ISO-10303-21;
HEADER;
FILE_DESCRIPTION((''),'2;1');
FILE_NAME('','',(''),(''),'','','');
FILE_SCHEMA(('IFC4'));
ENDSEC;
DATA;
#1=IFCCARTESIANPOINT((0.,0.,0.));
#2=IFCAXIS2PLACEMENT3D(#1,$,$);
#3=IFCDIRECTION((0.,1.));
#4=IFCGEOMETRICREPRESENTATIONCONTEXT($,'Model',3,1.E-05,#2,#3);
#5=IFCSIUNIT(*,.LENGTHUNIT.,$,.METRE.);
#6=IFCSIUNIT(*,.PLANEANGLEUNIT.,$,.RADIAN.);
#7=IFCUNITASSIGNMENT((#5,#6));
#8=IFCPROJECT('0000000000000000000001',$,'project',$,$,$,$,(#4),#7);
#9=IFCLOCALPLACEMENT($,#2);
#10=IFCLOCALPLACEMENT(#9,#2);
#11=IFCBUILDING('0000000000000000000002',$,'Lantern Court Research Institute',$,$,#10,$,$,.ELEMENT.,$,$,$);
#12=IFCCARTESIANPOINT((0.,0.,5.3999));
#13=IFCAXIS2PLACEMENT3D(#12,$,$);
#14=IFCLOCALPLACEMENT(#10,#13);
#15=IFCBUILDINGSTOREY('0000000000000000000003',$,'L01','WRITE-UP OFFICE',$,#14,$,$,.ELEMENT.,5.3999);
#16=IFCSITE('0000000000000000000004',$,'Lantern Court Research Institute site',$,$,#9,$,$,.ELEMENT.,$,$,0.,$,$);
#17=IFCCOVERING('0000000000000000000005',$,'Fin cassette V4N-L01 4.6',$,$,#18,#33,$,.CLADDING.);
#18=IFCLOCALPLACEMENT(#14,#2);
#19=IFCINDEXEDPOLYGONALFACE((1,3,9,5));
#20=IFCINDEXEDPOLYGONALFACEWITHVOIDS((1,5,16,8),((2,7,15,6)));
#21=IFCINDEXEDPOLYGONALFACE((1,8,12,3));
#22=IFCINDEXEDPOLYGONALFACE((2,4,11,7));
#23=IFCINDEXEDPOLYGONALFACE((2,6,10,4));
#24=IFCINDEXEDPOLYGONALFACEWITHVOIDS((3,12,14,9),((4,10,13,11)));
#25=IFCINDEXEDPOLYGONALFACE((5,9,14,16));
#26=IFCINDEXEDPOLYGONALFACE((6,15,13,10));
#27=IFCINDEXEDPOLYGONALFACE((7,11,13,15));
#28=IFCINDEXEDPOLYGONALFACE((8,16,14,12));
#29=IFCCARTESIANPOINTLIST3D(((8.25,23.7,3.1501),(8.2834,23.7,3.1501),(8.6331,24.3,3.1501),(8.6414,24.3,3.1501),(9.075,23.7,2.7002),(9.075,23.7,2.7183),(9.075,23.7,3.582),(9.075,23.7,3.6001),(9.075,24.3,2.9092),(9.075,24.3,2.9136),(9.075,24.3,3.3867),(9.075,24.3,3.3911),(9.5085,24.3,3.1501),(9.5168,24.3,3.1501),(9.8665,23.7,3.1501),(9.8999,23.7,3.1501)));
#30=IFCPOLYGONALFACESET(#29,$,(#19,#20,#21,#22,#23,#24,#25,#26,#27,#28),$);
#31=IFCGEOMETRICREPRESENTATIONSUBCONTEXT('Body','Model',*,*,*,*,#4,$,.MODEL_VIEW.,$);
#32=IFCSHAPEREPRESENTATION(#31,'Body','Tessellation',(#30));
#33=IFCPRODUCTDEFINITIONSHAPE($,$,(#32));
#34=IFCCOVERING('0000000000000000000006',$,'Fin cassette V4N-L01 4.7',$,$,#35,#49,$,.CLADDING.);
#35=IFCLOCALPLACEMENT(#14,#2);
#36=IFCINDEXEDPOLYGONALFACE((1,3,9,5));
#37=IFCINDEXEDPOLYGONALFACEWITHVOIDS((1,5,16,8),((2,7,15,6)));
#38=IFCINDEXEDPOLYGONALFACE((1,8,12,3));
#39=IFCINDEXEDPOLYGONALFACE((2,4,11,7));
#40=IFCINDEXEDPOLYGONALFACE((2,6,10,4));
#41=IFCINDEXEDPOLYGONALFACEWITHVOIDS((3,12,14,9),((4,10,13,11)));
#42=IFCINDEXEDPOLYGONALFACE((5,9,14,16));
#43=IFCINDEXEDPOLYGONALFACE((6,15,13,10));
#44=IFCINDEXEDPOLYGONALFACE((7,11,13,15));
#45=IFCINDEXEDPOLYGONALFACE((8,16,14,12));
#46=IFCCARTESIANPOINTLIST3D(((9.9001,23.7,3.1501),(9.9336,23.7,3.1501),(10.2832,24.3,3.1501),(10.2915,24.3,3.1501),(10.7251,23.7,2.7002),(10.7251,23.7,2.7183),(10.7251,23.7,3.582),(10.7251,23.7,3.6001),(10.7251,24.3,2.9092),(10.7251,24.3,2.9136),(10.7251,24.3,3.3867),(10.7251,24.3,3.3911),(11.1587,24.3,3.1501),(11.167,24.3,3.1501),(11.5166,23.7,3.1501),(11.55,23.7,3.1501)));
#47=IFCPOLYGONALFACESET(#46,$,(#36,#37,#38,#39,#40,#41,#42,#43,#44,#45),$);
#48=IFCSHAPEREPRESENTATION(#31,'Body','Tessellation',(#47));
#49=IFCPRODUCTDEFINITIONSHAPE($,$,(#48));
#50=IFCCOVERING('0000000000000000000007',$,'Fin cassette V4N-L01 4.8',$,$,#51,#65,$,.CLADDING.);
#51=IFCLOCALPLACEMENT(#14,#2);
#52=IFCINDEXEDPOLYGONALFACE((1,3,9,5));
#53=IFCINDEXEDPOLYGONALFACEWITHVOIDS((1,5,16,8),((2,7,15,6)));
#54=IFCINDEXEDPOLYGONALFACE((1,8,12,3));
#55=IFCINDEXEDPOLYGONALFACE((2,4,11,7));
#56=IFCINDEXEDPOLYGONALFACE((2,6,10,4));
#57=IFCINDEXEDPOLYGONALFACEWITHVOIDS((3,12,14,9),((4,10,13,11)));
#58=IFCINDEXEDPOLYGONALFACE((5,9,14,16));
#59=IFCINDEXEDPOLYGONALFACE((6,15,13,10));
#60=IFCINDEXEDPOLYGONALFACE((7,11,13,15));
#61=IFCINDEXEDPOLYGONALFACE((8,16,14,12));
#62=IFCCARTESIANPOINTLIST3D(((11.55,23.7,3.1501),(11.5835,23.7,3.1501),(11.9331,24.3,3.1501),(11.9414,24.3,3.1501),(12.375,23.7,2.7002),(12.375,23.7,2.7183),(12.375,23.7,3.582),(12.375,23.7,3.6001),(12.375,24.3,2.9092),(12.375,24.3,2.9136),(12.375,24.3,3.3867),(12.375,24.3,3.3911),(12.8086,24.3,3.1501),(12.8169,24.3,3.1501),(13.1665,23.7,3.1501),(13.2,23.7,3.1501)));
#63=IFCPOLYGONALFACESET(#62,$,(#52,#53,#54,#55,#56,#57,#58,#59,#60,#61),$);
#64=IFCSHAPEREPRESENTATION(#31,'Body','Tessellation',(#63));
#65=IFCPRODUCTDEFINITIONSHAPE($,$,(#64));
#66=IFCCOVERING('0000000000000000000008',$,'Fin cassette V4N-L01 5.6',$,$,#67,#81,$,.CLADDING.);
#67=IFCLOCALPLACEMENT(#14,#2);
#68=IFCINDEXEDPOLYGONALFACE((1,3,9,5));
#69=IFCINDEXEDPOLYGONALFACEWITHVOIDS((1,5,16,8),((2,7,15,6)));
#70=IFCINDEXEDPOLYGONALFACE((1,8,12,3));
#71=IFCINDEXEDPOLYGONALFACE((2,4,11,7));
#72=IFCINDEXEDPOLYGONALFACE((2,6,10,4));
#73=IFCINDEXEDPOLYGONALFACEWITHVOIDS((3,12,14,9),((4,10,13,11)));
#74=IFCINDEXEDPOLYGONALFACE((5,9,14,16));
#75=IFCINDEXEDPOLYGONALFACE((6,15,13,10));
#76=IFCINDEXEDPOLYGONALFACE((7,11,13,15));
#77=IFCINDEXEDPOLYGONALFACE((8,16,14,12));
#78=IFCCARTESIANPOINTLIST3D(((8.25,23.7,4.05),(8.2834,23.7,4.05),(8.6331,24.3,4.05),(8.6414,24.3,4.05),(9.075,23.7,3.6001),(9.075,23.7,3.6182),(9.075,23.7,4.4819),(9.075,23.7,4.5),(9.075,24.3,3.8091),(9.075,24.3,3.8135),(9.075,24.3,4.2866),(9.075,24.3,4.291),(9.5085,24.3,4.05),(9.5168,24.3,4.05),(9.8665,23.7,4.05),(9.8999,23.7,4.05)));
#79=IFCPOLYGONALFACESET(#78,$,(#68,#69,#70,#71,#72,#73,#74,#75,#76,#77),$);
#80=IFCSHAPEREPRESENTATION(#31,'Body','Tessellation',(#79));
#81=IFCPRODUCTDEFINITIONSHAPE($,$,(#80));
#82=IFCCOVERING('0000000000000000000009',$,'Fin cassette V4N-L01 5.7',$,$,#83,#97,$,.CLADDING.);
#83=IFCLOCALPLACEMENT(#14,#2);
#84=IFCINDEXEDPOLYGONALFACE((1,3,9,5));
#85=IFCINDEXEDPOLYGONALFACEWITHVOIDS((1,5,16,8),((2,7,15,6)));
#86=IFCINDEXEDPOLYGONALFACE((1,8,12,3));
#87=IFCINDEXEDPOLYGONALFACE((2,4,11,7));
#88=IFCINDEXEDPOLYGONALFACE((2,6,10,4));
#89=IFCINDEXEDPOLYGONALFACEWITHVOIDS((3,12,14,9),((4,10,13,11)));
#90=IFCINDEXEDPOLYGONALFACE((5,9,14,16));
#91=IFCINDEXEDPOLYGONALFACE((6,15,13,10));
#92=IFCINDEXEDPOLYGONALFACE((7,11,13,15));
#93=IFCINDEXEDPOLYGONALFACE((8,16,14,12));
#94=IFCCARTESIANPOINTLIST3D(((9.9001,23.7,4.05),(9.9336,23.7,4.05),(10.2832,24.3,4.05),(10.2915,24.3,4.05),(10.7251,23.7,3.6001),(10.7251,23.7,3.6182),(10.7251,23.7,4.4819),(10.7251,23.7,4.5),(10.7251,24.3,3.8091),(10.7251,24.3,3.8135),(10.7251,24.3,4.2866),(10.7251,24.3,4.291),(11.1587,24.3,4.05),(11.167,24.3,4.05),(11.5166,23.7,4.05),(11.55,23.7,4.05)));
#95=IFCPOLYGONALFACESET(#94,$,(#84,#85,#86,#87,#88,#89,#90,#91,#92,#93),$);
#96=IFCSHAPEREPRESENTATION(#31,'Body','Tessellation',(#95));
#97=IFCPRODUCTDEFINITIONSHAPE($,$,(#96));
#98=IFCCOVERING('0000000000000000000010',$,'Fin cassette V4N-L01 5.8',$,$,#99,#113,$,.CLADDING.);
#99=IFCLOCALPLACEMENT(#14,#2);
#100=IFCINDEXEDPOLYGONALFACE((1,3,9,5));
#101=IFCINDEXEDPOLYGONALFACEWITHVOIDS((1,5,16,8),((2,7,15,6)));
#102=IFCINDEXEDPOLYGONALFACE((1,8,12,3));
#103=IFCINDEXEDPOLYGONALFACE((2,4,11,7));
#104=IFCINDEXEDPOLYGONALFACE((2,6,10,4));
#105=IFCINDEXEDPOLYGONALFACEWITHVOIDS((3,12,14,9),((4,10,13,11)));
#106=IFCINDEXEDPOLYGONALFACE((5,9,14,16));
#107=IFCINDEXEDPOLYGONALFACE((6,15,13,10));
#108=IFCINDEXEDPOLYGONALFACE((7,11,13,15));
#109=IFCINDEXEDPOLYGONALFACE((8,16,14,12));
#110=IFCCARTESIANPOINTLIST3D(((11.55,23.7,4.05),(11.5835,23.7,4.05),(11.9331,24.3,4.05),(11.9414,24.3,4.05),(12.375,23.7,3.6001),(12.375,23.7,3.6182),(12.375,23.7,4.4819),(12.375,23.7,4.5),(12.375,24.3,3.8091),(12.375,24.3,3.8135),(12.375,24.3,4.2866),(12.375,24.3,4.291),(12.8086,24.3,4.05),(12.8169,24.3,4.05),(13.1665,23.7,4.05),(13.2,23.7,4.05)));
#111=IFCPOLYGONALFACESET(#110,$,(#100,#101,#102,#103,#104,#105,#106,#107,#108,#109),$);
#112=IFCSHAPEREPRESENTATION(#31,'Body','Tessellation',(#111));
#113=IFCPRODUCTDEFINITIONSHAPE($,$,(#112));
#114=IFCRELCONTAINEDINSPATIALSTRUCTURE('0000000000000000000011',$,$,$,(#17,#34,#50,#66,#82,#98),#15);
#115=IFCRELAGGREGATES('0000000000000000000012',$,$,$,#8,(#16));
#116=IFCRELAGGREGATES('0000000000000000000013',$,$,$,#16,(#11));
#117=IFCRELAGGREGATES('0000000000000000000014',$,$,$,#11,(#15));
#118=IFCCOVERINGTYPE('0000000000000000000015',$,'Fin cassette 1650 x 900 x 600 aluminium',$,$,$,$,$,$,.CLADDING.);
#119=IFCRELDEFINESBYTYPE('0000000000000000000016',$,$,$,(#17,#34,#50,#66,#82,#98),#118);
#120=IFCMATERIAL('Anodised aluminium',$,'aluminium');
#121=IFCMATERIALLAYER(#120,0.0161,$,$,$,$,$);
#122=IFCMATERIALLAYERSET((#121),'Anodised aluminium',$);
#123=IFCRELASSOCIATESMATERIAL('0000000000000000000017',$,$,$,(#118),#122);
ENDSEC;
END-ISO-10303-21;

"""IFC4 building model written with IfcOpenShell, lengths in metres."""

from ifc_helpers import new_model, entity, si_unit, direction, frame, origin, place, context, subcontext, project, spatial, material, layer, layer_set, type_object, element, save


model = new_model("IFC4")

# Units and contexts
model_context = context("Model", 3, precision=1e-05, world=origin(), true_north=direction((0.0, 1.0)))
body_context = subcontext(model_context, "Body", "Model", "MODEL_VIEW")
ifc_project = project(units=[si_unit("LENGTHUNIT", "METRE"), si_unit("PLANEANGLEUNIT", "RADIAN")], contexts=[model_context])

# Site, building, storey
site_placement = place(None, origin())
site = spatial("IfcSite", under=ifc_project, at=site_placement, Name="Lantern Court Research Institute site", CompositionType="ELEMENT", RefElevation=0.0)
building_placement = place(site_placement, origin())
building = spatial("IfcBuilding", under=site, at=building_placement, Name="Lantern Court Research Institute", CompositionType="ELEMENT")
storey_placement = place(building_placement, frame((0.0, 0.0, 5.3999)))
storey = spatial("IfcBuildingStorey", under=building, at=storey_placement, Name="L01", Description="WRITE-UP OFFICE", CompositionType="ELEMENT", Elevation=5.3999)

# Coverings
ifc_material_1 = material(Name="Anodised aluminium", Category="aluminium")
ifc_layer_1 = layer(ifc_material_1, 0.0161)
ifc_layer_set_1 = layer_set([ifc_layer_1], Name="Anodised aluminium")
covering_type = type_object("IfcCoveringType", Name="Fin cassette 1650 x 900 x 600 aluminium", PredefinedType="CLADDING", material=ifc_layer_set_1)
covering_1_placement = place(storey_placement, frame((9.075, 23.7, 3.1501), z_axis=(0.0, 1.0, 0.0), x_axis=(-1.0, 0.0, 0.0)))
cartesian_point_1 = entity("IfcCartesianPoint", [0.825, 0.0])
cartesian_point_2 = entity("IfcCartesianPoint", [0.7915, 0.0])
cartesian_point_3 = entity("IfcCartesianPoint", [0.4419, 0.0])
cartesian_point_4 = entity("IfcCartesianPoint", [0.4336, 0.0])
element("IfcCovering", 1, at=covering_1_placement, inside=storey, type_object=covering_type, Name="Fin cassette V4N-L01 4.6", PredefinedType="CLADDING", context=body_context, shape_type="SweptSolid", body=[
    entity("IfcExtrudedAreaSolidTapered", entity("IfcArbitraryProfileDefWithVoids", "AREA", None, entity("IfcPolyline", [cartesian_point_1, entity("IfcCartesianPoint", [0.0, 0.45]), entity("IfcCartesianPoint", [-0.825, 0.0]), entity("IfcCartesianPoint", [0.0, -0.45]), cartesian_point_1]), [entity("IfcPolyline", [cartesian_point_2, entity("IfcCartesianPoint", [0.0, 0.4319]), entity("IfcCartesianPoint", [-0.7915, 0.0]), entity("IfcCartesianPoint", [0.0, -0.4319]), cartesian_point_2])]), entity("IfcAxis2Placement3D", entity("IfcCartesianPoint", [0.0, 0.0, 0.0])), entity("IfcDirection", [0.0, 0.0, 1.0]), 0.6001, entity("IfcArbitraryProfileDefWithVoids", "AREA", None, entity("IfcPolyline", [cartesian_point_3, entity("IfcCartesianPoint", [0.0, 0.241]), entity("IfcCartesianPoint", [-0.4419, 0.0]), entity("IfcCartesianPoint", [0.0, -0.241]), cartesian_point_3]), [entity("IfcPolyline", [cartesian_point_4, entity("IfcCartesianPoint", [0.0, 0.2366]), entity("IfcCartesianPoint", [-0.4336, 0.0]), entity("IfcCartesianPoint", [0.0, -0.2366]), cartesian_point_4])])),
])
covering_2_placement = place(storey_placement, frame((10.7251, 23.7, 3.1501), z_axis=(0.0, 1.0, 0.0), x_axis=(-1.0, 0.0, 0.0)))
cartesian_point_5 = entity("IfcCartesianPoint", [0.825, 0.0])
cartesian_point_6 = entity("IfcCartesianPoint", [0.7915, 0.0])
cartesian_point_7 = entity("IfcCartesianPoint", [0.4419, 0.0])
cartesian_point_8 = entity("IfcCartesianPoint", [0.4336, 0.0])
element("IfcCovering", 2, at=covering_2_placement, inside=storey, type_object=covering_type, Name="Fin cassette V4N-L01 4.7", PredefinedType="CLADDING", context=body_context, shape_type="SweptSolid", body=[
    entity("IfcExtrudedAreaSolidTapered", entity("IfcArbitraryProfileDefWithVoids", "AREA", None, entity("IfcPolyline", [cartesian_point_5, entity("IfcCartesianPoint", [0.0, 0.45]), entity("IfcCartesianPoint", [-0.825, 0.0]), entity("IfcCartesianPoint", [0.0, -0.45]), cartesian_point_5]), [entity("IfcPolyline", [cartesian_point_6, entity("IfcCartesianPoint", [0.0, 0.4319]), entity("IfcCartesianPoint", [-0.7915, 0.0]), entity("IfcCartesianPoint", [0.0, -0.4319]), cartesian_point_6])]), entity("IfcAxis2Placement3D", entity("IfcCartesianPoint", [0.0, 0.0, 0.0])), entity("IfcDirection", [0.0, 0.0, 1.0]), 0.6001, entity("IfcArbitraryProfileDefWithVoids", "AREA", None, entity("IfcPolyline", [cartesian_point_7, entity("IfcCartesianPoint", [0.0, 0.241]), entity("IfcCartesianPoint", [-0.4419, 0.0]), entity("IfcCartesianPoint", [0.0, -0.241]), cartesian_point_7]), [entity("IfcPolyline", [cartesian_point_8, entity("IfcCartesianPoint", [0.0, 0.2366]), entity("IfcCartesianPoint", [-0.4336, 0.0]), entity("IfcCartesianPoint", [0.0, -0.2366]), cartesian_point_8])])),
])
covering_3_placement = place(storey_placement, frame((12.375, 23.7, 3.1501), z_axis=(0.0, 1.0, 0.0), x_axis=(-1.0, 0.0, 0.0)))
cartesian_point_9 = entity("IfcCartesianPoint", [0.825, 0.0])
cartesian_point_10 = entity("IfcCartesianPoint", [0.7915, 0.0])
cartesian_point_11 = entity("IfcCartesianPoint", [0.4419, 0.0])
cartesian_point_12 = entity("IfcCartesianPoint", [0.4336, 0.0])
element("IfcCovering", 3, at=covering_3_placement, inside=storey, type_object=covering_type, Name="Fin cassette V4N-L01 4.8", PredefinedType="CLADDING", context=body_context, shape_type="SweptSolid", body=[
    entity("IfcExtrudedAreaSolidTapered", entity("IfcArbitraryProfileDefWithVoids", "AREA", None, entity("IfcPolyline", [cartesian_point_9, entity("IfcCartesianPoint", [0.0, 0.45]), entity("IfcCartesianPoint", [-0.825, 0.0]), entity("IfcCartesianPoint", [0.0, -0.45]), cartesian_point_9]), [entity("IfcPolyline", [cartesian_point_10, entity("IfcCartesianPoint", [0.0, 0.4319]), entity("IfcCartesianPoint", [-0.7915, 0.0]), entity("IfcCartesianPoint", [0.0, -0.4319]), cartesian_point_10])]), entity("IfcAxis2Placement3D", entity("IfcCartesianPoint", [0.0, 0.0, 0.0])), entity("IfcDirection", [0.0, 0.0, 1.0]), 0.6001, entity("IfcArbitraryProfileDefWithVoids", "AREA", None, entity("IfcPolyline", [cartesian_point_11, entity("IfcCartesianPoint", [0.0, 0.241]), entity("IfcCartesianPoint", [-0.4419, 0.0]), entity("IfcCartesianPoint", [0.0, -0.241]), cartesian_point_11]), [entity("IfcPolyline", [cartesian_point_12, entity("IfcCartesianPoint", [0.0, 0.2366]), entity("IfcCartesianPoint", [-0.4336, 0.0]), entity("IfcCartesianPoint", [0.0, -0.2366]), cartesian_point_12])])),
])
covering_4_placement = place(storey_placement, frame((9.075, 23.7, 4.05), z_axis=(0.0, 1.0, 0.0), x_axis=(-1.0, 0.0, 0.0)))
cartesian_point_13 = entity("IfcCartesianPoint", [0.825, 0.0])
cartesian_point_14 = entity("IfcCartesianPoint", [0.7915, 0.0])
cartesian_point_15 = entity("IfcCartesianPoint", [0.4419, 0.0])
cartesian_point_16 = entity("IfcCartesianPoint", [0.4336, 0.0])
element("IfcCovering", 4, at=covering_4_placement, inside=storey, type_object=covering_type, Name="Fin cassette V4N-L01 5.6", PredefinedType="CLADDING", context=body_context, shape_type="SweptSolid", body=[
    entity("IfcExtrudedAreaSolidTapered", entity("IfcArbitraryProfileDefWithVoids", "AREA", None, entity("IfcPolyline", [cartesian_point_13, entity("IfcCartesianPoint", [0.0, 0.45]), entity("IfcCartesianPoint", [-0.825, 0.0]), entity("IfcCartesianPoint", [0.0, -0.45]), cartesian_point_13]), [entity("IfcPolyline", [cartesian_point_14, entity("IfcCartesianPoint", [0.0, 0.4319]), entity("IfcCartesianPoint", [-0.7915, 0.0]), entity("IfcCartesianPoint", [0.0, -0.4319]), cartesian_point_14])]), entity("IfcAxis2Placement3D", entity("IfcCartesianPoint", [0.0, 0.0, 0.0])), entity("IfcDirection", [0.0, 0.0, 1.0]), 0.6001, entity("IfcArbitraryProfileDefWithVoids", "AREA", None, entity("IfcPolyline", [cartesian_point_15, entity("IfcCartesianPoint", [0.0, 0.241]), entity("IfcCartesianPoint", [-0.4419, 0.0]), entity("IfcCartesianPoint", [0.0, -0.241]), cartesian_point_15]), [entity("IfcPolyline", [cartesian_point_16, entity("IfcCartesianPoint", [0.0, 0.2366]), entity("IfcCartesianPoint", [-0.4336, 0.0]), entity("IfcCartesianPoint", [0.0, -0.2366]), cartesian_point_16])])),
])
covering_5_placement = place(storey_placement, frame((10.7251, 23.7, 4.05), z_axis=(0.0, 1.0, 0.0), x_axis=(-1.0, 0.0, 0.0)))
cartesian_point_17 = entity("IfcCartesianPoint", [0.825, 0.0])
cartesian_point_18 = entity("IfcCartesianPoint", [0.7915, 0.0])
cartesian_point_19 = entity("IfcCartesianPoint", [0.4419, 0.0])
cartesian_point_20 = entity("IfcCartesianPoint", [0.4336, 0.0])
element("IfcCovering", 5, at=covering_5_placement, inside=storey, type_object=covering_type, Name="Fin cassette V4N-L01 5.7", PredefinedType="CLADDING", context=body_context, shape_type="SweptSolid", body=[
    entity("IfcExtrudedAreaSolidTapered", entity("IfcArbitraryProfileDefWithVoids", "AREA", None, entity("IfcPolyline", [cartesian_point_17, entity("IfcCartesianPoint", [0.0, 0.45]), entity("IfcCartesianPoint", [-0.825, 0.0]), entity("IfcCartesianPoint", [0.0, -0.45]), cartesian_point_17]), [entity("IfcPolyline", [cartesian_point_18, entity("IfcCartesianPoint", [0.0, 0.4319]), entity("IfcCartesianPoint", [-0.7915, 0.0]), entity("IfcCartesianPoint", [0.0, -0.4319]), cartesian_point_18])]), entity("IfcAxis2Placement3D", entity("IfcCartesianPoint", [0.0, 0.0, 0.0])), entity("IfcDirection", [0.0, 0.0, 1.0]), 0.6001, entity("IfcArbitraryProfileDefWithVoids", "AREA", None, entity("IfcPolyline", [cartesian_point_19, entity("IfcCartesianPoint", [0.0, 0.241]), entity("IfcCartesianPoint", [-0.4419, 0.0]), entity("IfcCartesianPoint", [0.0, -0.241]), cartesian_point_19]), [entity("IfcPolyline", [cartesian_point_20, entity("IfcCartesianPoint", [0.0, 0.2366]), entity("IfcCartesianPoint", [-0.4336, 0.0]), entity("IfcCartesianPoint", [0.0, -0.2366]), cartesian_point_20])])),
])
covering_6_placement = place(storey_placement, frame((12.375, 23.7, 4.05), z_axis=(0.0, 1.0, 0.0), x_axis=(-1.0, 0.0, 0.0)))
cartesian_point_21 = entity("IfcCartesianPoint", [0.825, 0.0])
cartesian_point_22 = entity("IfcCartesianPoint", [0.7915, 0.0])
cartesian_point_23 = entity("IfcCartesianPoint", [0.4419, 0.0])
cartesian_point_24 = entity("IfcCartesianPoint", [0.4336, 0.0])
element("IfcCovering", 6, at=covering_6_placement, inside=storey, type_object=covering_type, Name="Fin cassette V4N-L01 5.8", PredefinedType="CLADDING", context=body_context, shape_type="SweptSolid", body=[
    entity("IfcExtrudedAreaSolidTapered", entity("IfcArbitraryProfileDefWithVoids", "AREA", None, entity("IfcPolyline", [cartesian_point_21, entity("IfcCartesianPoint", [0.0, 0.45]), entity("IfcCartesianPoint", [-0.825, 0.0]), entity("IfcCartesianPoint", [0.0, -0.45]), cartesian_point_21]), [entity("IfcPolyline", [cartesian_point_22, entity("IfcCartesianPoint", [0.0, 0.4319]), entity("IfcCartesianPoint", [-0.7915, 0.0]), entity("IfcCartesianPoint", [0.0, -0.4319]), cartesian_point_22])]), entity("IfcAxis2Placement3D", entity("IfcCartesianPoint", [0.0, 0.0, 0.0])), entity("IfcDirection", [0.0, 0.0, 1.0]), 0.6001, entity("IfcArbitraryProfileDefWithVoids", "AREA", None, entity("IfcPolyline", [cartesian_point_23, entity("IfcCartesianPoint", [0.0, 0.241]), entity("IfcCartesianPoint", [-0.4419, 0.0]), entity("IfcCartesianPoint", [0.0, -0.241]), cartesian_point_23]), [entity("IfcPolyline", [cartesian_point_24, entity("IfcCartesianPoint", [0.0, 0.2366]), entity("IfcCartesianPoint", [-0.4336, 0.0]), entity("IfcCartesianPoint", [0.0, -0.2366]), cartesian_point_24])])),
])

save(model, "model.ifc")
